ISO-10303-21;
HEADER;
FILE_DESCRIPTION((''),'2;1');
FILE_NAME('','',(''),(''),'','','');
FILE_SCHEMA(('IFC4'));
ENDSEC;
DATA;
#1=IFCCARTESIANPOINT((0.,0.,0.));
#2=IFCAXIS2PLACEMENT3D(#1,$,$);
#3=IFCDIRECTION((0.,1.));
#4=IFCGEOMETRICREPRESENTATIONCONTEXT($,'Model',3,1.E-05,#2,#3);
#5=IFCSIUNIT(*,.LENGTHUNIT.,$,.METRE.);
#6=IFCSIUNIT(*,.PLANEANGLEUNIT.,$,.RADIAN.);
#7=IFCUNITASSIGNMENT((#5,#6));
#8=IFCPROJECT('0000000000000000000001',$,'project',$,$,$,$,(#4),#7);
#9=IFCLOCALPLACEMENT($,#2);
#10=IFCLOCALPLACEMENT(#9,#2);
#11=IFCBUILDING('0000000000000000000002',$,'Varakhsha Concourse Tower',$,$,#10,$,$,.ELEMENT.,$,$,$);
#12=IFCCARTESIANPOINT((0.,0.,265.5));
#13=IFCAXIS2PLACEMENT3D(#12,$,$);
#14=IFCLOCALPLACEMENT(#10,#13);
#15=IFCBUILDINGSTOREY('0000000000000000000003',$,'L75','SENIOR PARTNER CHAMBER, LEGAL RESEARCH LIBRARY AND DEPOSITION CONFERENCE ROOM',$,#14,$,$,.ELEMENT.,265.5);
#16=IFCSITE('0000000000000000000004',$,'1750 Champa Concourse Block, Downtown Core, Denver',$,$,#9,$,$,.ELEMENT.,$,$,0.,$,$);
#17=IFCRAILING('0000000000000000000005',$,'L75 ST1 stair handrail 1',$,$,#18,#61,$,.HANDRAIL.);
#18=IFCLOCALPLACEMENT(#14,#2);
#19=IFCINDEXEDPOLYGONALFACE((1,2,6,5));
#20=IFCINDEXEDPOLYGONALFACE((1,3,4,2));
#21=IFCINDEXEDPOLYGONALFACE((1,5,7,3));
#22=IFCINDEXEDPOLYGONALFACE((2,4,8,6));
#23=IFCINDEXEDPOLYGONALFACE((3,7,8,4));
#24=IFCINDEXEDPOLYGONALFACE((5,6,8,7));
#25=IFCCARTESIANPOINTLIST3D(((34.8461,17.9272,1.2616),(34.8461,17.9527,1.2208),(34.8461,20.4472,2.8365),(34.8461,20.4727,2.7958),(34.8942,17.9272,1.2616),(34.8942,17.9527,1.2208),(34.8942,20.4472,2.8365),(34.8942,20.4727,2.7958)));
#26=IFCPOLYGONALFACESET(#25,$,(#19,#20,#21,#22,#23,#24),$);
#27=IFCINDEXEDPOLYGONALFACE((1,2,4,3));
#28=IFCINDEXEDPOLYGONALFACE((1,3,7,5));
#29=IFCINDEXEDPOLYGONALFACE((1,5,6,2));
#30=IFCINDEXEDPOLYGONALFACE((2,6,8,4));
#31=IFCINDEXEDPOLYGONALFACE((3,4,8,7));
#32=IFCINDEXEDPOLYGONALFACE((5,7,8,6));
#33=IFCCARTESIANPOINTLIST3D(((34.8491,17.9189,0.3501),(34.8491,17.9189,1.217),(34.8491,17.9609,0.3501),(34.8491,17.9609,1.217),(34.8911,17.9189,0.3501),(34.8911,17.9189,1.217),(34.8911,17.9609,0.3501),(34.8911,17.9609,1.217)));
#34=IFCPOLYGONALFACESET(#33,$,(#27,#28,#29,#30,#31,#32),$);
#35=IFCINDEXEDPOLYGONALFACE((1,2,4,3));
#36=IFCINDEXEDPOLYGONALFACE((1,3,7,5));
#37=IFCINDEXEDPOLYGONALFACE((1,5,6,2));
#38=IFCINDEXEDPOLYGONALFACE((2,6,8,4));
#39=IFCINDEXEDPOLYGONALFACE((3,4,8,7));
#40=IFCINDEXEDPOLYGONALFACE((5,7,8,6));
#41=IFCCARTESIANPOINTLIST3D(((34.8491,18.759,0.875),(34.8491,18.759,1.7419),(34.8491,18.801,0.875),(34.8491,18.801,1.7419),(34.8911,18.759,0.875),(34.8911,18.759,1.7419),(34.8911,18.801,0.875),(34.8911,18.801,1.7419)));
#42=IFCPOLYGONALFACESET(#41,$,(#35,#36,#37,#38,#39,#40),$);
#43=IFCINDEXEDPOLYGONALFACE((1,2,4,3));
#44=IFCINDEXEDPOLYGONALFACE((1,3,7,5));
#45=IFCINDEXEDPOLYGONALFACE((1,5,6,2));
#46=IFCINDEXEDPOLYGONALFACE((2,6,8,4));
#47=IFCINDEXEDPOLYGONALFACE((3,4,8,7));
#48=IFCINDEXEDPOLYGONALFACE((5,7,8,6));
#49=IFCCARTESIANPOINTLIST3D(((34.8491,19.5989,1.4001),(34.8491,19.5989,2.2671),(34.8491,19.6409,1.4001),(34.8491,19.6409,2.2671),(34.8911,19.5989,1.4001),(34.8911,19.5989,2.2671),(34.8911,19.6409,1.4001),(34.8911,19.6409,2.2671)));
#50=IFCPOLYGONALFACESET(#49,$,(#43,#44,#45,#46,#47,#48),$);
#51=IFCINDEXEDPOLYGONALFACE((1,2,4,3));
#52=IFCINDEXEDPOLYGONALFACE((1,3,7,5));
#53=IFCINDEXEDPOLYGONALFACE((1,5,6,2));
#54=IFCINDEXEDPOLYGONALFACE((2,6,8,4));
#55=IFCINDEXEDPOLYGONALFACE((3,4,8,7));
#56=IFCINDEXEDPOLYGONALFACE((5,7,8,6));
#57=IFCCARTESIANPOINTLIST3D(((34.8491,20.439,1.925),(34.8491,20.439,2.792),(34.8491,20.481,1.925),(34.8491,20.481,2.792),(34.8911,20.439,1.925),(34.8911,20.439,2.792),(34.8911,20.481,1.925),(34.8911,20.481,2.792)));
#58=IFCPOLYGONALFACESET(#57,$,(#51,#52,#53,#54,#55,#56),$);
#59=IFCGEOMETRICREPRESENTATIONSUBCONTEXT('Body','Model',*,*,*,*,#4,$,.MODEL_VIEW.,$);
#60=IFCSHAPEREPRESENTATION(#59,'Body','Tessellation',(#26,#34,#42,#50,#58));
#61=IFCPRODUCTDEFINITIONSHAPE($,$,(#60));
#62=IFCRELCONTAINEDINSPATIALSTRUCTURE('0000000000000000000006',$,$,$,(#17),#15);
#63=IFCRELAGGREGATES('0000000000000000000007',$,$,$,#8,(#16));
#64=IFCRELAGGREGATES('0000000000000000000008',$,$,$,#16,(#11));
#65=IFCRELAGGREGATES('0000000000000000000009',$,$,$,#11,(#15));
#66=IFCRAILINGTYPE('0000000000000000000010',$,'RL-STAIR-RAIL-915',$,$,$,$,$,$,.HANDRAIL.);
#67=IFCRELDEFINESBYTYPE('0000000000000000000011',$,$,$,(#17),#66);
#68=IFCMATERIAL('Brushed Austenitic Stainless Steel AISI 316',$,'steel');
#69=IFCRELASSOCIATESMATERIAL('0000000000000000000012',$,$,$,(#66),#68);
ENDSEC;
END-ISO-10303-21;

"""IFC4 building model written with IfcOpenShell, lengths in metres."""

from ifc_helpers import new_model, si_unit, direction, frame, origin, origin_2d, place, context, subcontext, project, spatial, rectangle, extrude, material, type_object, element, save


model = new_model("IFC4")

# Units and contexts
model_context = context("Model", 3, precision=1e-05, world=origin(), true_north=direction((0.0, 1.0)))
body_context = subcontext(model_context, "Body", "Model", "MODEL_VIEW")
ifc_project = project(units=[si_unit("LENGTHUNIT", "METRE"), si_unit("PLANEANGLEUNIT", "RADIAN")], contexts=[model_context])

# Site, building, storey
site_placement = place(None, origin())
site = spatial("IfcSite", under=ifc_project, at=site_placement, Name="1750 Champa Concourse Block, Downtown Core, Denver", CompositionType="ELEMENT", RefElevation=0.0)
building_placement = place(site_placement, origin())
building = spatial("IfcBuilding", under=site, at=building_placement, Name="Varakhsha Concourse Tower", CompositionType="ELEMENT")
storey_placement = place(building_placement, frame((0.0, 0.0, 265.5)))
storey = spatial("IfcBuildingStorey", under=building, at=storey_placement, Name="L75", Description="SENIOR PARTNER CHAMBER, LEGAL RESEARCH LIBRARY AND DEPOSITION CONFERENCE ROOM", CompositionType="ELEMENT", Elevation=265.5)

# Railing
ifc_material_1 = material(Name="Brushed Austenitic Stainless Steel AISI 316", Category="steel")
railing_type_1 = type_object("IfcRailingType", Name="RL-STAIR-RAIL-915", PredefinedType="HANDRAIL", material=ifc_material_1)
railing_1_placement = place(storey_placement, frame((34.8701, 17.9399, 0.3501)))
element("IfcRailing", 1, at=railing_1_placement, inside=storey, type_object=railing_type_1, Name="L75 ST1 stair handrail 1", PredefinedType="HANDRAIL", context=body_context, shape_type="SweptSolid", body=[
    extrude(rectangle(XDim=0.0481, YDim=0.0481, at=origin_2d()), frame((0.0, 0.0, 0.8911), z_axis=(0.0, 0.848008, 0.529984), x_axis=(-1.0, 0.0, 0.0)), (0.0, 0.0, 1.0), 2.9717),
    extrude(rectangle(XDim=0.042, YDim=0.042, at=origin_2d()), origin(), (0.0, 0.0, 1.0), 0.8669),
    extrude(rectangle(XDim=0.042, YDim=0.042, at=origin_2d()), frame((0.0, 0.8401, 0.5249)), (0.0, 0.0, 1.0), 0.8669),
    extrude(rectangle(XDim=0.042, YDim=0.042, at=origin_2d()), frame((0.0, 1.6799, 1.05)), (0.0, 0.0, 1.0), 0.8669),
    extrude(rectangle(XDim=0.042, YDim=0.042, at=origin_2d()), frame((0.0, 2.52, 1.575)), (0.0, 0.0, 1.0), 0.8669),
])

save(model, "model.ifc")
